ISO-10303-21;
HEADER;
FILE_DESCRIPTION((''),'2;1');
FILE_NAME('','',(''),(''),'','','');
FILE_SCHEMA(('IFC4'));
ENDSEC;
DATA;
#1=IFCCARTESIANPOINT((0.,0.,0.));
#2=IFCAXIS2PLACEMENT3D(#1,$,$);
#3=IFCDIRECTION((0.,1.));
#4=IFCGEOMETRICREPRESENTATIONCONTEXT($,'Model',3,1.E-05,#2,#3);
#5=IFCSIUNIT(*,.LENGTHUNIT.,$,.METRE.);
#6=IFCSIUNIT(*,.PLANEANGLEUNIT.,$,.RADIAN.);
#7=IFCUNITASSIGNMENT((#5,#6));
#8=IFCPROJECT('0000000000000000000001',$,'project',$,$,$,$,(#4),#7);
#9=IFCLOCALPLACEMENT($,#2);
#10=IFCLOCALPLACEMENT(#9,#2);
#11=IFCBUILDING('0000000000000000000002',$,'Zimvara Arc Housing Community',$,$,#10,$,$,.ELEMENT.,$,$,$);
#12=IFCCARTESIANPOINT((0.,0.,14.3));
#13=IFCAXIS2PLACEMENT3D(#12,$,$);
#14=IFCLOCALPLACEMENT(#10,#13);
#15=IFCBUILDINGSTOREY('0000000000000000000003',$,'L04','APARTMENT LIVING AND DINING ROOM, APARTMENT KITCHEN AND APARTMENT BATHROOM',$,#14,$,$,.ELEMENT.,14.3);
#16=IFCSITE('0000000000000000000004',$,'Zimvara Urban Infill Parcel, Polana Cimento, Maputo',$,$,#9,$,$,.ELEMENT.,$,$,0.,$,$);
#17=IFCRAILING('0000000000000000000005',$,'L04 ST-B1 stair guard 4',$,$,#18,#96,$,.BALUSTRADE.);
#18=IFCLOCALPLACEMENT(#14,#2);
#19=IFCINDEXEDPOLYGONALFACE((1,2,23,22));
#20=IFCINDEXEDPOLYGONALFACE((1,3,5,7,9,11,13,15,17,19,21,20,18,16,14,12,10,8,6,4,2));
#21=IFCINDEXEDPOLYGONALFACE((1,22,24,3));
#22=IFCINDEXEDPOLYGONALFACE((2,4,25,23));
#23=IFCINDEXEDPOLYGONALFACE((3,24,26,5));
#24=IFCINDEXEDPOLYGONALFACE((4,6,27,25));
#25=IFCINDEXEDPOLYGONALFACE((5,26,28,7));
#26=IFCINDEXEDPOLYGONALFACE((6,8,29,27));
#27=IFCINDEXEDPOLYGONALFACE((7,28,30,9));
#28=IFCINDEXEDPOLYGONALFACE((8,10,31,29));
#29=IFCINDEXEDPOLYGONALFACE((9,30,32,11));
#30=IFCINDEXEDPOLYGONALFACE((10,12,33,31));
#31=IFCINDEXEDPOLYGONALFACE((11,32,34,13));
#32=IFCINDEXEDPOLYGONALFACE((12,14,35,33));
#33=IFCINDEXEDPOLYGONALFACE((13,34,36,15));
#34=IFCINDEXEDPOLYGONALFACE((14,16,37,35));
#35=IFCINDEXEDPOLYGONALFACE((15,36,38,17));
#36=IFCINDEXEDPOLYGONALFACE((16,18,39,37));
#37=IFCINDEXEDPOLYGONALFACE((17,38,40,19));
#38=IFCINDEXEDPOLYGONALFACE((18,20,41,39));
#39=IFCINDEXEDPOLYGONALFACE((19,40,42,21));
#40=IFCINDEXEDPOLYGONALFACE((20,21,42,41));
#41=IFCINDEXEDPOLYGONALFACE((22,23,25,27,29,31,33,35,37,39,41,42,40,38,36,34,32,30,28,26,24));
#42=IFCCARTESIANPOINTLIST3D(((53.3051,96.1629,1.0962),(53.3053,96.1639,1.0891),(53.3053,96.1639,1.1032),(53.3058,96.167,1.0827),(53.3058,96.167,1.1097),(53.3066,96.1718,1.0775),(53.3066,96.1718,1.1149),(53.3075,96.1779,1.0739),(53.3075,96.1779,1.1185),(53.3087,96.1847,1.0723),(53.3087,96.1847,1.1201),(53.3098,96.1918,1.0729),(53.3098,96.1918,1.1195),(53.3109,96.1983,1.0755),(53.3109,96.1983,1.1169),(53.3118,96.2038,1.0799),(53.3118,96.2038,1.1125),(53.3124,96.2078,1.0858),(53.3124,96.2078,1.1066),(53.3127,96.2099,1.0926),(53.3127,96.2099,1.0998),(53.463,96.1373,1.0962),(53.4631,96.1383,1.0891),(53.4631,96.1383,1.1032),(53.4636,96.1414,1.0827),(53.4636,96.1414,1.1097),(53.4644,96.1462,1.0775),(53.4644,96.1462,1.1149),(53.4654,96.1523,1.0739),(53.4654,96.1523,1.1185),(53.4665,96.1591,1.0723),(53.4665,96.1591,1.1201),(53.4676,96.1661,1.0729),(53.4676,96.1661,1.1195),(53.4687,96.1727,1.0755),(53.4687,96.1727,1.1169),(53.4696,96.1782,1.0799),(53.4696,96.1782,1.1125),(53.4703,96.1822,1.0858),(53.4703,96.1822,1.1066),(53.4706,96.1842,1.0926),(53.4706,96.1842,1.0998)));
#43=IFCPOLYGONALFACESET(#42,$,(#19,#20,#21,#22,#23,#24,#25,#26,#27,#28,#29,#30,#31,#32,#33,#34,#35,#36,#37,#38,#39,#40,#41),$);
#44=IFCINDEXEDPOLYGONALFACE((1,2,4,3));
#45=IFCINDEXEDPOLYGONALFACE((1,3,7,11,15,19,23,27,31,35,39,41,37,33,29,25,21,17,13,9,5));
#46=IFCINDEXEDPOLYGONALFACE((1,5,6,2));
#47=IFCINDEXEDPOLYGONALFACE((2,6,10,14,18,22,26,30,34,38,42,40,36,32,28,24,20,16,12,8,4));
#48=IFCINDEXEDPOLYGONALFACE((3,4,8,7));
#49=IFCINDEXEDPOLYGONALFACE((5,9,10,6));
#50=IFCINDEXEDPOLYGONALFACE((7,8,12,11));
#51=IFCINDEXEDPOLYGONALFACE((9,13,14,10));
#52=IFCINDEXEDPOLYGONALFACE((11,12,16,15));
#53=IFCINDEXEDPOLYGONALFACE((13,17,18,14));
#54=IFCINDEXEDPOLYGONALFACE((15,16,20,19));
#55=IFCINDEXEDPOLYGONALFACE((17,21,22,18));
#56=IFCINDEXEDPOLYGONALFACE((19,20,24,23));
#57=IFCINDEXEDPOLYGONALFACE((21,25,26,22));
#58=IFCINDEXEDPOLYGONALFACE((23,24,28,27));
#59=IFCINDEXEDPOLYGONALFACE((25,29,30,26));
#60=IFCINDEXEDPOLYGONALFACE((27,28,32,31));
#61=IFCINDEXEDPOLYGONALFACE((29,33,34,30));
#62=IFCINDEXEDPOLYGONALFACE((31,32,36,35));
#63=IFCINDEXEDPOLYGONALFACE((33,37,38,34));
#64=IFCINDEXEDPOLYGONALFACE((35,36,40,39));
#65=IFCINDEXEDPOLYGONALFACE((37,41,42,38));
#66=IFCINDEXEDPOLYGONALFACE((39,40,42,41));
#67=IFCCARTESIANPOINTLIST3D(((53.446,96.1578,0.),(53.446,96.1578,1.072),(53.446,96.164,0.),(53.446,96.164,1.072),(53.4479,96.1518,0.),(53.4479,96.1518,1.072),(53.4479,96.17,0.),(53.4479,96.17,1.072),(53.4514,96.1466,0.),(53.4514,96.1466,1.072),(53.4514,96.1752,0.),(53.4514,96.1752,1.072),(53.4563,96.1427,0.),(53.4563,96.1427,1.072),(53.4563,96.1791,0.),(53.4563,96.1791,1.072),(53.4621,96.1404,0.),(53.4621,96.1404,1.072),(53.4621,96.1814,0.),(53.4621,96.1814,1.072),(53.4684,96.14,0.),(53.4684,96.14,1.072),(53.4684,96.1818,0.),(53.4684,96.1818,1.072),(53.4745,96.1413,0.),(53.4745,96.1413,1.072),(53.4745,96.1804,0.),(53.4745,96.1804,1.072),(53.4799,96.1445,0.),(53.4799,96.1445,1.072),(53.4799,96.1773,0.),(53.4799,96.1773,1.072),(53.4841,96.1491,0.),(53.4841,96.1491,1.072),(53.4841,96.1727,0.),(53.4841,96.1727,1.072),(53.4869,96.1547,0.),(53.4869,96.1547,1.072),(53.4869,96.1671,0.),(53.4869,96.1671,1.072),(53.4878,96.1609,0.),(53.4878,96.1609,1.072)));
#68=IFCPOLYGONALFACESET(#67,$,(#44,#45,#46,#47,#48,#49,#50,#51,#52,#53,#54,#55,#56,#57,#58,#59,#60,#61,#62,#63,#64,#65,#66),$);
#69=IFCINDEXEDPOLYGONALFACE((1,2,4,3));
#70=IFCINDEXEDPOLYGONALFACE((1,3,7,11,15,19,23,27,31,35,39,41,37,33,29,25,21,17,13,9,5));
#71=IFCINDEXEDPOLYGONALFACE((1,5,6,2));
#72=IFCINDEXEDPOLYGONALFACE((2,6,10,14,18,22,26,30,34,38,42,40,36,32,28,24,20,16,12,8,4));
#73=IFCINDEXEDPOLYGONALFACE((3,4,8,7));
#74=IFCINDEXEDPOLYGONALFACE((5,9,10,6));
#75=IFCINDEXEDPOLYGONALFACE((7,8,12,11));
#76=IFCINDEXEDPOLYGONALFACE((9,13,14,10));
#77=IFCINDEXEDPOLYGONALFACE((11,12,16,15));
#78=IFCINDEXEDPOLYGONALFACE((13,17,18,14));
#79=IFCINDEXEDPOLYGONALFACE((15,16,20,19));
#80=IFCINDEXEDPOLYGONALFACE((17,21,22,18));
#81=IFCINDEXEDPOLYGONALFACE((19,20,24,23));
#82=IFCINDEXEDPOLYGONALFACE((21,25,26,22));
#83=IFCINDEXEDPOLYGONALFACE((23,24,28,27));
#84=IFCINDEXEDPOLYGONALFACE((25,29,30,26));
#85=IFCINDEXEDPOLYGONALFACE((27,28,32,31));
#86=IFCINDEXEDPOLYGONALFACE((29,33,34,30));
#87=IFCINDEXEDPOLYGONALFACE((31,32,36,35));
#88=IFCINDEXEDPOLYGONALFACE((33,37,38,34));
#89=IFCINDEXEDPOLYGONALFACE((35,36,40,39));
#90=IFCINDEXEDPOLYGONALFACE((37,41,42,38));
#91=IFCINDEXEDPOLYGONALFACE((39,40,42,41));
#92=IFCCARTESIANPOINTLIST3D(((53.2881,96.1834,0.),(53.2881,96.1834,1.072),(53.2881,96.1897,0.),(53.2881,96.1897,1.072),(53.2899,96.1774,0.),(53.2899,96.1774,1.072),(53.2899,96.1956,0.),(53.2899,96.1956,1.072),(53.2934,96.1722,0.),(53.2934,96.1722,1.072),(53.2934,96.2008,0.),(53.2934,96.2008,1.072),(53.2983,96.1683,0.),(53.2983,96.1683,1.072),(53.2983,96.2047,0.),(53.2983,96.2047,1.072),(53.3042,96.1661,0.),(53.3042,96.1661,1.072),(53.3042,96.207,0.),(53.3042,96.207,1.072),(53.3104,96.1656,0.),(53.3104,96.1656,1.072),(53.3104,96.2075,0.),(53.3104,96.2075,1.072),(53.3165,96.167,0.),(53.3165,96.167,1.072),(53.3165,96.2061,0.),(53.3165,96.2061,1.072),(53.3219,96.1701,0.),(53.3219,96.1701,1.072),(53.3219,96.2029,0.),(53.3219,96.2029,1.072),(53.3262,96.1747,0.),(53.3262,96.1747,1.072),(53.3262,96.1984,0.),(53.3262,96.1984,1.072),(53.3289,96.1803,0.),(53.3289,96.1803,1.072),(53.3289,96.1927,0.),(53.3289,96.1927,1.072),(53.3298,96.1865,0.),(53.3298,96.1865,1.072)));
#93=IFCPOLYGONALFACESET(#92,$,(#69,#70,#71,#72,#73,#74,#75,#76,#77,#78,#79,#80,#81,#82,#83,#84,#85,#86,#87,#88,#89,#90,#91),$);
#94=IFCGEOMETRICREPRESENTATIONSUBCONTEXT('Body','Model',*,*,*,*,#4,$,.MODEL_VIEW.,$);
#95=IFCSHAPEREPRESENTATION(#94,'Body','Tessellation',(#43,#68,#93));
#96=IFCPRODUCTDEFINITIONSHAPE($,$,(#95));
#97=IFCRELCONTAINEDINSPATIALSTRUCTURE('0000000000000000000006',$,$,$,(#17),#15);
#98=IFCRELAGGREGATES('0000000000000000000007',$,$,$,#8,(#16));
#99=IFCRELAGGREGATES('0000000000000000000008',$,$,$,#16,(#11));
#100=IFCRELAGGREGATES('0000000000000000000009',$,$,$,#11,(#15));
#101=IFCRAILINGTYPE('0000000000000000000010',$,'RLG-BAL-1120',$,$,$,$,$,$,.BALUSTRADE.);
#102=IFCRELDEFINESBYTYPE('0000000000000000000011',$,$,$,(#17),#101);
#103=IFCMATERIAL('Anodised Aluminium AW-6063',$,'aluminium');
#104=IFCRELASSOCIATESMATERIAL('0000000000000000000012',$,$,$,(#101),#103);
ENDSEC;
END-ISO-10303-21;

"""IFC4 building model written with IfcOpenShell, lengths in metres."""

from ifc_helpers import new_model, si_unit, direction, frame, origin, origin_2d, place, context, subcontext, project, spatial, circle, extrude, material, type_object, element, save


model = new_model("IFC4")

# Units and contexts
model_context = context("Model", 3, precision=1e-05, world=origin(), true_north=direction((0.0, 1.0)))
body_context = subcontext(model_context, "Body", "Model", "MODEL_VIEW")
ifc_project = project(units=[si_unit("LENGTHUNIT", "METRE"), si_unit("PLANEANGLEUNIT", "RADIAN")], contexts=[model_context])

# Site, building, storey
site_placement = place(None, origin())
site = spatial("IfcSite", under=ifc_project, at=site_placement, Name="Zimvara Urban Infill Parcel, Polana Cimento, Maputo", CompositionType="ELEMENT", RefElevation=0.0)
building_placement = place(site_placement, origin())
building = spatial("IfcBuilding", under=site, at=building_placement, Name="Zimvara Arc Housing Community", CompositionType="ELEMENT")
storey_placement = place(building_placement, frame((0.0, 0.0, 14.3)))
storey = spatial("IfcBuildingStorey", under=building, at=storey_placement, Name="L04", Description="APARTMENT LIVING AND DINING ROOM, APARTMENT KITCHEN AND APARTMENT BATHROOM", CompositionType="ELEMENT", Elevation=14.3)

# Railing
ifc_material_1 = material(Name="Anodised Aluminium AW-6063", Category="aluminium")
railing_type = type_object("IfcRailingType", Name="RLG-BAL-1120", PredefinedType="BALUSTRADE", material=ifc_material_1)
railing_1_placement = place(storey_placement, frame((53.4668, 96.1609, 0.0)))
element("IfcRailing", 1, at=railing_1_placement, inside=storey, type_object=railing_type, Name="L04 ST-B1 stair guard 4", PredefinedType="BALUSTRADE", context=body_context, shape_type="SweptSolid", body=[
    extrude(circle(Radius=0.0239, at=origin_2d()), frame((0.0, 0.0, 1.0962), z_axis=(-0.987086, 0.160192, 0.0), x_axis=(-0.160192, -0.987086, 0.0)), (0.0, 0.0, 1.0), 0.1599),
    extrude(circle(Radius=0.021, at=origin_2d()), origin(), (0.0, 0.0, 1.0), 1.072),
    extrude(circle(Radius=0.021, at=origin_2d()), frame((-0.158, 0.0256, 0.0)), (0.0, 0.0, 1.0), 1.072),
])

save(model, "model.ifc")
